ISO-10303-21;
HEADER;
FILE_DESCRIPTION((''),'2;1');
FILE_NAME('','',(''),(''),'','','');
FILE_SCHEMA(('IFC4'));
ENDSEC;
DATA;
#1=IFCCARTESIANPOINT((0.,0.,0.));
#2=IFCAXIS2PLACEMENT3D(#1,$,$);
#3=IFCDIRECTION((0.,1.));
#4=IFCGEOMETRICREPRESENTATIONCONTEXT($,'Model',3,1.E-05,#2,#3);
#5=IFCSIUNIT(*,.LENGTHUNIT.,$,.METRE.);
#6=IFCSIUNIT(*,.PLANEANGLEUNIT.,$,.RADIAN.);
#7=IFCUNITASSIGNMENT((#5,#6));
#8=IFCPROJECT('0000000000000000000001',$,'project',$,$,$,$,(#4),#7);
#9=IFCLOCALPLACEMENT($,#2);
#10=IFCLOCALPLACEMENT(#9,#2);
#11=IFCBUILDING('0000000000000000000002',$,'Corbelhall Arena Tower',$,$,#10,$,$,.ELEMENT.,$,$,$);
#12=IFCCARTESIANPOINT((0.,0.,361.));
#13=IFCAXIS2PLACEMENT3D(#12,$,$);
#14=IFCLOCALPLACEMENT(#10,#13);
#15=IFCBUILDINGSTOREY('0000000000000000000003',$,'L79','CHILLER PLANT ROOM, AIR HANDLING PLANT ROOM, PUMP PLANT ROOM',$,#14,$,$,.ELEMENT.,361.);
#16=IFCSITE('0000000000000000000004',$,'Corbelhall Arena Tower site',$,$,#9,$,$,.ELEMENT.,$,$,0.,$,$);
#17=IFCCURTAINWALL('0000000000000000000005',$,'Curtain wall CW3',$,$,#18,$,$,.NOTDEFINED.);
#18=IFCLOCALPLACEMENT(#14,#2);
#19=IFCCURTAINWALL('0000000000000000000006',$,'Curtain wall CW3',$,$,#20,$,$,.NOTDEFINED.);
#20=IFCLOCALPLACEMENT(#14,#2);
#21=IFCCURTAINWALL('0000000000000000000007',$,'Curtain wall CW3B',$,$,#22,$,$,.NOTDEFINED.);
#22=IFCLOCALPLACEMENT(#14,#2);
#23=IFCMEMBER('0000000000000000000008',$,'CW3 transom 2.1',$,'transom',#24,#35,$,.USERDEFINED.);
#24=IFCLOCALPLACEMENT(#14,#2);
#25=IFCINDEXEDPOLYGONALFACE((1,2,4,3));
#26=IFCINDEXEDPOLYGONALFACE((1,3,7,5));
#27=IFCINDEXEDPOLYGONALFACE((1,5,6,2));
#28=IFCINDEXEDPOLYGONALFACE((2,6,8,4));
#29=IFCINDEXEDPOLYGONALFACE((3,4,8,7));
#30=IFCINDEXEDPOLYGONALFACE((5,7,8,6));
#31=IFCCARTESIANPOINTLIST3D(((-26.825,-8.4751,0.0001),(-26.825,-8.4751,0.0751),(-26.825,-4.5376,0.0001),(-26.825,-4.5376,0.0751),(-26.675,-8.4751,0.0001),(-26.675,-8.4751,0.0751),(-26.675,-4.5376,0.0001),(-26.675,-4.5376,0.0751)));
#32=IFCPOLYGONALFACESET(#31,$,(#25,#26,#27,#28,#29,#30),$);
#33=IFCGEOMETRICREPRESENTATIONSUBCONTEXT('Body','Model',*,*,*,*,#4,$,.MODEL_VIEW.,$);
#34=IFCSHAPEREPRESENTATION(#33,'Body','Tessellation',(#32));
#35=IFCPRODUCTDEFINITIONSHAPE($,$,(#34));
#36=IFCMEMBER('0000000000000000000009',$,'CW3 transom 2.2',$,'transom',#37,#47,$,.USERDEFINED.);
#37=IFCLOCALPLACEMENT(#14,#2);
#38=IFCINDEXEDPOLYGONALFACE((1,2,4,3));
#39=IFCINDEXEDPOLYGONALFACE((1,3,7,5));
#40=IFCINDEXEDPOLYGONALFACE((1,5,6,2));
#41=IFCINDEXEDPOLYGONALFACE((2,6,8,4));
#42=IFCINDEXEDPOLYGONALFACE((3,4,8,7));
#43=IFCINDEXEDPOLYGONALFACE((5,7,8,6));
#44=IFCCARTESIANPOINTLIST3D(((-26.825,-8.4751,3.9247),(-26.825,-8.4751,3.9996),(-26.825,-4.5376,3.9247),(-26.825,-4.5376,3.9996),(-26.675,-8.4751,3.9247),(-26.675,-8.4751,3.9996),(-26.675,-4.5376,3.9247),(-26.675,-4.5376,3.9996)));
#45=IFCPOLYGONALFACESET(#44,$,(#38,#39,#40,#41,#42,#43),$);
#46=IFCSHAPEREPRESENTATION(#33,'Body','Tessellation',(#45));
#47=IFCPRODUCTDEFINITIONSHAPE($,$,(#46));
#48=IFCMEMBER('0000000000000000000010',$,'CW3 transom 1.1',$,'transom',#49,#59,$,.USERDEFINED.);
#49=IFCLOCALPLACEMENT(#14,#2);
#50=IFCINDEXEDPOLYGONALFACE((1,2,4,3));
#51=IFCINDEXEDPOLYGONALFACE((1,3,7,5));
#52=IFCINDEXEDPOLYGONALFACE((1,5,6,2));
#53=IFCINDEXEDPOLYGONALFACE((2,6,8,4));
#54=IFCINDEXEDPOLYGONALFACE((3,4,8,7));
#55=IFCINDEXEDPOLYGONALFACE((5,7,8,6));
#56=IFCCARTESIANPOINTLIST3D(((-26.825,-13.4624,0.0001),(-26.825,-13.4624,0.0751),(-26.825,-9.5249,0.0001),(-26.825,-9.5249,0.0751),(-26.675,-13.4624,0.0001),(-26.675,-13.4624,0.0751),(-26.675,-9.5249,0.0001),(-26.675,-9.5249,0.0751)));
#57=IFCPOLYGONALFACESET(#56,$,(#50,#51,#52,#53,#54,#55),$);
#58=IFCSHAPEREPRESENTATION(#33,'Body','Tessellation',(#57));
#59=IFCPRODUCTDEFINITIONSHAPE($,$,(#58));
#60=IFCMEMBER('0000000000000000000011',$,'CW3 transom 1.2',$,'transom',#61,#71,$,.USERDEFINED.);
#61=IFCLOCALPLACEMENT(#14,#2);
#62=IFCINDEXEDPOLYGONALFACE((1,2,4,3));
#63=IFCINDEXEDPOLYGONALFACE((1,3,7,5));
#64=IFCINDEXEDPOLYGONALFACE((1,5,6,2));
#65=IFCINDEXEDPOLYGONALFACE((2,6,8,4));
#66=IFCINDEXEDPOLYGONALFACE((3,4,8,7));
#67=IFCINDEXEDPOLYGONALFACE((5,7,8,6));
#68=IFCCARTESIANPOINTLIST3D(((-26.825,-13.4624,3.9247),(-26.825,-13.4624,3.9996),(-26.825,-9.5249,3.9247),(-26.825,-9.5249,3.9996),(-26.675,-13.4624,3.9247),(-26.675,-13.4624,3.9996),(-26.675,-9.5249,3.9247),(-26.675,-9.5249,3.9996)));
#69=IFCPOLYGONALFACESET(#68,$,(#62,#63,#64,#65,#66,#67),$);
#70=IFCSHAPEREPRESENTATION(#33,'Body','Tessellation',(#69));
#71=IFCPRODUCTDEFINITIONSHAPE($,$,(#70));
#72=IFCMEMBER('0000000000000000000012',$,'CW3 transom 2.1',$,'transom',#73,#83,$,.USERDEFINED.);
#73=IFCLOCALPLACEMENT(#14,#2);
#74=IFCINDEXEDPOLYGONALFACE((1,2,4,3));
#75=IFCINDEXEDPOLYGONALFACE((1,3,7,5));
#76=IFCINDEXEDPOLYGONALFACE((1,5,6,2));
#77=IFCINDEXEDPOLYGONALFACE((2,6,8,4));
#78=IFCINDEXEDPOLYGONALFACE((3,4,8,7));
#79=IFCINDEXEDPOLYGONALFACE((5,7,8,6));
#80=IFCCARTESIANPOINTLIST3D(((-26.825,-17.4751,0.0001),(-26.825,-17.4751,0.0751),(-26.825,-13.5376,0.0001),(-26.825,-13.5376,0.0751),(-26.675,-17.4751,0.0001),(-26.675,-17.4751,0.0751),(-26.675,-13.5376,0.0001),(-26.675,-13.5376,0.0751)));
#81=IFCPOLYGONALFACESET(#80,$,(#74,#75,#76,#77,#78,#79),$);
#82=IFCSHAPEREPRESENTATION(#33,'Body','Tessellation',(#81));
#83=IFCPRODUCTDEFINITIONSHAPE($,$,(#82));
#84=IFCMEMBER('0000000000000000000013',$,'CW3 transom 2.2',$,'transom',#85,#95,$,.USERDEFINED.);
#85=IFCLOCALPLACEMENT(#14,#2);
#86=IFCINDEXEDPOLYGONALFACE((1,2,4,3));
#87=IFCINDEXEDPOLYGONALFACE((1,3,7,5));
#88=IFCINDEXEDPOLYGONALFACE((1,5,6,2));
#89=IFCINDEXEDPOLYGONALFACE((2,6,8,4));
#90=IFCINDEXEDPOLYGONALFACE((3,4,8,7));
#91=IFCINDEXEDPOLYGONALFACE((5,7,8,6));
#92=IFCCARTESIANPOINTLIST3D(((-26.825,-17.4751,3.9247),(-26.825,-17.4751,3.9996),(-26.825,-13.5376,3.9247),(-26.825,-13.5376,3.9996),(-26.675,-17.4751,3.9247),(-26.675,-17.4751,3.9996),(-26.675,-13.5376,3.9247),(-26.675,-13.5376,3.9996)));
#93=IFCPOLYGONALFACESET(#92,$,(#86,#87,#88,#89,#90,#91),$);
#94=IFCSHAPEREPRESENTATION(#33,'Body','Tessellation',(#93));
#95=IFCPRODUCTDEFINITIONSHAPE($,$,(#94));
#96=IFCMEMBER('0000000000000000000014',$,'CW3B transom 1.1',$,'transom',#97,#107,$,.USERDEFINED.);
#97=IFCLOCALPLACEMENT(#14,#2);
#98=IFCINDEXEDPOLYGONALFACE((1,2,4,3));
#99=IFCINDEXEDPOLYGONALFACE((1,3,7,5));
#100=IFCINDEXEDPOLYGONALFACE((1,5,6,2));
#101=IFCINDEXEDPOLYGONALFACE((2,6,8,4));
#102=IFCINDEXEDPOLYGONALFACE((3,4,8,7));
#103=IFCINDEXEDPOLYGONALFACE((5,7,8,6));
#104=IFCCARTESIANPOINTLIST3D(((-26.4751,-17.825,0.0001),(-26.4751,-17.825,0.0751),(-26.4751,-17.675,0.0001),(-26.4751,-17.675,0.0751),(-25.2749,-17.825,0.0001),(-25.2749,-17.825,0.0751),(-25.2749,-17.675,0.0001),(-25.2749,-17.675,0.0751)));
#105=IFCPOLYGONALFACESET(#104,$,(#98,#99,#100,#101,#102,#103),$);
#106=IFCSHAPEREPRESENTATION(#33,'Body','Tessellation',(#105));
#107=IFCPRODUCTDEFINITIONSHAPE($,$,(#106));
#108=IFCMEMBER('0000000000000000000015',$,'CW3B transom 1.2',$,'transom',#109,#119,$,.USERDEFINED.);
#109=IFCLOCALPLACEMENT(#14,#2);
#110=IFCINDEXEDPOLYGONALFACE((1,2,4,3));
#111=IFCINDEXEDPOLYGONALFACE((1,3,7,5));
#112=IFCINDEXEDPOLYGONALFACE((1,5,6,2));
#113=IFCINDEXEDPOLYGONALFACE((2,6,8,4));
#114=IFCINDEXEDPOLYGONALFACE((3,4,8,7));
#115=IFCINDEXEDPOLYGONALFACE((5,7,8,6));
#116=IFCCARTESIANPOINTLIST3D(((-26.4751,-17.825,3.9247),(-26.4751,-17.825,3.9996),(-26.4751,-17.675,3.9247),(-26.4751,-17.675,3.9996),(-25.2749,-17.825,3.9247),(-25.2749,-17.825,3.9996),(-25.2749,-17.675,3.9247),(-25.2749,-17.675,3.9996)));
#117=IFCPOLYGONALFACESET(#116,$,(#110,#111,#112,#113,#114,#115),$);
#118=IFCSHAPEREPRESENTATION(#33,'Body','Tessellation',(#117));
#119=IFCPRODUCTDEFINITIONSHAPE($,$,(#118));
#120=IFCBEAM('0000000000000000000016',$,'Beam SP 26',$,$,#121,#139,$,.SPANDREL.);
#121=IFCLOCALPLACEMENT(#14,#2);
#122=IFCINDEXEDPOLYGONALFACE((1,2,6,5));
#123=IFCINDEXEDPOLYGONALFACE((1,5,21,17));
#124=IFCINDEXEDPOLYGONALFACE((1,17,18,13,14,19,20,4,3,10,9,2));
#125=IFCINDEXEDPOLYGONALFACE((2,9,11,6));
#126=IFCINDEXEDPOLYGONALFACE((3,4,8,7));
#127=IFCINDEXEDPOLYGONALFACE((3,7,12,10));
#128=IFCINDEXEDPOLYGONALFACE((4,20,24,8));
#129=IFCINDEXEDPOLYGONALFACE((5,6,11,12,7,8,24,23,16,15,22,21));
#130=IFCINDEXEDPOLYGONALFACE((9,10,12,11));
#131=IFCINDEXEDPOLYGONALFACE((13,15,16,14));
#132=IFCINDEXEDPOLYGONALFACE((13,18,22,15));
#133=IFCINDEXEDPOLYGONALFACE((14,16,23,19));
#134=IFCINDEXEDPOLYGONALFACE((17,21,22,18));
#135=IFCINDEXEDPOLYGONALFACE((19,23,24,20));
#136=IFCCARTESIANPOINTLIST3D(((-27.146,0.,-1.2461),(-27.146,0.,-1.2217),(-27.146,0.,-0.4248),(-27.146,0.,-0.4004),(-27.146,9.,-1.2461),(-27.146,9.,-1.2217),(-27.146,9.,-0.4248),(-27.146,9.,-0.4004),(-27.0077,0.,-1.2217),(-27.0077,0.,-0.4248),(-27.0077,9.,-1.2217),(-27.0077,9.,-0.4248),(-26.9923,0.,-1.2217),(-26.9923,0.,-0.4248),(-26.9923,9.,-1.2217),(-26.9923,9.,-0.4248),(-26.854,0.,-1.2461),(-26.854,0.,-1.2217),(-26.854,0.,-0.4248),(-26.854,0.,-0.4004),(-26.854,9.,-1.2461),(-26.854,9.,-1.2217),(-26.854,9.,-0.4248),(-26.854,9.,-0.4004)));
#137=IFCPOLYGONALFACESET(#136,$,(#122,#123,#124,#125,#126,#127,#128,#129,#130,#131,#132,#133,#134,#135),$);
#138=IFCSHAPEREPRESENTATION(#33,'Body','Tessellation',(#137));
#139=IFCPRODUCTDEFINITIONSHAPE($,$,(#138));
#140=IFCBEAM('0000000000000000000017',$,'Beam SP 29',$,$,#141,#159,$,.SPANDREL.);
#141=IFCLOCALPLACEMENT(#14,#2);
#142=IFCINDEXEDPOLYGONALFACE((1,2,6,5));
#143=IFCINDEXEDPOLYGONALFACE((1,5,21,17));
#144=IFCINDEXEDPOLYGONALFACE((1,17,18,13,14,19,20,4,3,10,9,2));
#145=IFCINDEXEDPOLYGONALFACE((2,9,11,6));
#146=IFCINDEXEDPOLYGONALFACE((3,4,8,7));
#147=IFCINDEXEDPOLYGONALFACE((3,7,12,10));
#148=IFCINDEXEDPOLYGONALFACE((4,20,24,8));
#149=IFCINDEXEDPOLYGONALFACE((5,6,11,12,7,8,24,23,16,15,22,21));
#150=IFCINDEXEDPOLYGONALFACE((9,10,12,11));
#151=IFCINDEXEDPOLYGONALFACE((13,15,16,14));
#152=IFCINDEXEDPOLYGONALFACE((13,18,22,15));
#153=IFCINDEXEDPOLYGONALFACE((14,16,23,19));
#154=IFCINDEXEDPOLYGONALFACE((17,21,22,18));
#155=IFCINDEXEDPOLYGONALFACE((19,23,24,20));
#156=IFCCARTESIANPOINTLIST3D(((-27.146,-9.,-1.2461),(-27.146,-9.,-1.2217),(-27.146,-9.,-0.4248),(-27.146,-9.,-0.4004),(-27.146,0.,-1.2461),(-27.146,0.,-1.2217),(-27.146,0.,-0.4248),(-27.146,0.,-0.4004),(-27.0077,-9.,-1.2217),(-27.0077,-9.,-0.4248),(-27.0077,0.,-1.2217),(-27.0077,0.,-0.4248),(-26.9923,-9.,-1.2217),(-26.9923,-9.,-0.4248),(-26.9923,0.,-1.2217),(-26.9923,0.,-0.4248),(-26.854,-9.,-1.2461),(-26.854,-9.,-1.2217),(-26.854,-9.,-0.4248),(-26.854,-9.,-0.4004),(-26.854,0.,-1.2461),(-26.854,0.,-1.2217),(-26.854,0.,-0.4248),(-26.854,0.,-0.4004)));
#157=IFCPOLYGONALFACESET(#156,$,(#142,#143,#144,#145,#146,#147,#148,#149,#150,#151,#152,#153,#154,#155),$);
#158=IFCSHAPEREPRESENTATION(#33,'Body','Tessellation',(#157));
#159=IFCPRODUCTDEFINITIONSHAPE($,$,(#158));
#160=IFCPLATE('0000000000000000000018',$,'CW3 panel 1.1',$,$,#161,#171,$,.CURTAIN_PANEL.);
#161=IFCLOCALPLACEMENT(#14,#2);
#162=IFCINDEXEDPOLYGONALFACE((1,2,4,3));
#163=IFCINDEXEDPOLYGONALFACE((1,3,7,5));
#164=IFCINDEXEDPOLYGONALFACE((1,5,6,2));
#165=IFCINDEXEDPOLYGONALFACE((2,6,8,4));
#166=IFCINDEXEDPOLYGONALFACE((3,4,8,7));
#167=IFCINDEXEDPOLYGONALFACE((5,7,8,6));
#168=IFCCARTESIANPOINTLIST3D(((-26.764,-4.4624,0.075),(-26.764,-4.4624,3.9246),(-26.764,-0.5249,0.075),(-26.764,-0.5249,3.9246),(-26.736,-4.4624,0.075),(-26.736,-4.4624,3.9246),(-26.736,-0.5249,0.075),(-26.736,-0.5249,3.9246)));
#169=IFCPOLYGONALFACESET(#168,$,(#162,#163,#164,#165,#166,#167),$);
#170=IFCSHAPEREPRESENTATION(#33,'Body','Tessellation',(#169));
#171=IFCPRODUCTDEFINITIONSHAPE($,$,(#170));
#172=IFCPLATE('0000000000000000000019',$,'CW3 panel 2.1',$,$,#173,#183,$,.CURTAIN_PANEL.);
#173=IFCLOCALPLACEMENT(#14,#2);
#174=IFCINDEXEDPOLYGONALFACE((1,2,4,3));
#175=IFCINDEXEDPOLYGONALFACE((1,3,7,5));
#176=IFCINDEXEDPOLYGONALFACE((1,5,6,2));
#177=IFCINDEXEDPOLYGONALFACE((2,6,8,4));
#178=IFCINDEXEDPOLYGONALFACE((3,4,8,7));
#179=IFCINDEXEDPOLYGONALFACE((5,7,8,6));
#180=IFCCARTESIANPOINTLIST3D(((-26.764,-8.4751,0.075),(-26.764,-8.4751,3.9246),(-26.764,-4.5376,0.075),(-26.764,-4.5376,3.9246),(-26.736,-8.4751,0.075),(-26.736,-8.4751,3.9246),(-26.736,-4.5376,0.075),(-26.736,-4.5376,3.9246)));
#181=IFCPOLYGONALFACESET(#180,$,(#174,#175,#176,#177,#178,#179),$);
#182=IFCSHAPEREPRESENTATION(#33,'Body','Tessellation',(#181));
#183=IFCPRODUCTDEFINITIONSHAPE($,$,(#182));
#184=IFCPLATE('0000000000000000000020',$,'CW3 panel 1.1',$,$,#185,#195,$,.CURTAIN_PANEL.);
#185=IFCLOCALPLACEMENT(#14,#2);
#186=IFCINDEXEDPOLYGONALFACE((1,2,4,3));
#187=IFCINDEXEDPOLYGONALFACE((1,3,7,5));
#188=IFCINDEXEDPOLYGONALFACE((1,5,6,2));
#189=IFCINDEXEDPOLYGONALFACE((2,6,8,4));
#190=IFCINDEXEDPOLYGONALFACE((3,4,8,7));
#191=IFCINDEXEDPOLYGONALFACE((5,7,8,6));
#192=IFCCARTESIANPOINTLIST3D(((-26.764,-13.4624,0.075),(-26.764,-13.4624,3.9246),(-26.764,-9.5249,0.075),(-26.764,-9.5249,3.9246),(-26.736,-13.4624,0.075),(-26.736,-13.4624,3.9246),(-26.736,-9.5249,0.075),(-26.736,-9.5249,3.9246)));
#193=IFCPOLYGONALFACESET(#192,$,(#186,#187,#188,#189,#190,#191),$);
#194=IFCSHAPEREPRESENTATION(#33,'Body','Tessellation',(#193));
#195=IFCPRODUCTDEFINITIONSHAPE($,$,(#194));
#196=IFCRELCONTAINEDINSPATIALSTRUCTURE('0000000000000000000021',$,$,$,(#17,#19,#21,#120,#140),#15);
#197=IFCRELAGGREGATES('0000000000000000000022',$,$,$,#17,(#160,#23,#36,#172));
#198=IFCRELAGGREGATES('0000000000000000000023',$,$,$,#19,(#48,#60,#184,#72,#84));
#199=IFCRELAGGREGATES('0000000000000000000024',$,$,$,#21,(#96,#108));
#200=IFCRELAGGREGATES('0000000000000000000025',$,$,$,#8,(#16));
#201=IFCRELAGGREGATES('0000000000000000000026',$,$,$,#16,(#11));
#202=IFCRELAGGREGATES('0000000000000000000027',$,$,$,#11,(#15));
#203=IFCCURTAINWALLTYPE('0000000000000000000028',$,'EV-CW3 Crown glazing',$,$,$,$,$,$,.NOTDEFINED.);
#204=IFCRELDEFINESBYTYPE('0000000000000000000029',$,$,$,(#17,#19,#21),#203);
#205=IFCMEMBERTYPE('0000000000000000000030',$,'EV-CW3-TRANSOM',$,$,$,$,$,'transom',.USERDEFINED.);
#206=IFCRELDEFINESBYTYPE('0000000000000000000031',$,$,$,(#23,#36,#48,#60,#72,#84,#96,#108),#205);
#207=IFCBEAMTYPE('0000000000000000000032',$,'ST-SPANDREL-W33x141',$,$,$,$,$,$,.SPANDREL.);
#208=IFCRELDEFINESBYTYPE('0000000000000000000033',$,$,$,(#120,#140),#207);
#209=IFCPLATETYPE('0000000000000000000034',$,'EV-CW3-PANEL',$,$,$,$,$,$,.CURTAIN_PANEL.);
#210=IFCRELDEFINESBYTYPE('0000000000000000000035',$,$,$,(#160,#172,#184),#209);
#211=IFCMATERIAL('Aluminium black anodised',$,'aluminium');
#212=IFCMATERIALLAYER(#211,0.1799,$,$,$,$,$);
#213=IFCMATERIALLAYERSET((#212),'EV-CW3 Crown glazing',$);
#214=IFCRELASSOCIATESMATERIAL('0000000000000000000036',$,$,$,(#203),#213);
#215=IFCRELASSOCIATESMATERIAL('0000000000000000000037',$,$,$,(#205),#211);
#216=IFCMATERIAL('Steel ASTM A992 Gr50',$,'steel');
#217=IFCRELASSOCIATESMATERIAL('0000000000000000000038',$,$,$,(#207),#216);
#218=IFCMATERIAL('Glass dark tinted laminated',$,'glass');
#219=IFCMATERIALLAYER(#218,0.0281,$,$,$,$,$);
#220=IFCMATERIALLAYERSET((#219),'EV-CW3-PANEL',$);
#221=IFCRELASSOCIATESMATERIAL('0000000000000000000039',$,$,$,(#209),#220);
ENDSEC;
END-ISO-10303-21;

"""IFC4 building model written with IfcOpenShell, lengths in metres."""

from ifc_helpers import new_model, si_unit, direction, frame, origin, origin_2d, place, context, subcontext, project, spatial, rectangle, i_section, extrude, material, layer, layer_set, material_profile, profile_set, type_object, element, aggregate, save


model = new_model("IFC4")

# Units and contexts
model_context = context("Model", 3, precision=1e-05, world=origin(), true_north=direction((0.0, 1.0)))
body_context = subcontext(model_context, "Body", "Model", "MODEL_VIEW")
ifc_project = project(units=[si_unit("LENGTHUNIT", "METRE"), si_unit("PLANEANGLEUNIT", "RADIAN")], contexts=[model_context])

# Site, building, storey
site_placement = place(None, origin())
site = spatial("IfcSite", under=ifc_project, at=site_placement, Name="Corbelhall Arena Tower site", CompositionType="ELEMENT", RefElevation=0.0)
building_placement = place(site_placement, origin())
building = spatial("IfcBuilding", under=site, at=building_placement, Name="Corbelhall Arena Tower", CompositionType="ELEMENT")
storey_placement = place(building_placement, frame((0.0, 0.0, 361.0)))
storey = spatial("IfcBuildingStorey", under=building, at=storey_placement, Name="L79", Description="CHILLER PLANT ROOM, AIR HANDLING PLANT ROOM, PUMP PLANT ROOM", CompositionType="ELEMENT", Elevation=361.0)

# Curtain walls
ifc_material_1 = material(Name="Aluminium black anodised", Category="aluminium")
ifc_layer_1 = layer(ifc_material_1, 0.1799)
ifc_layer_set_1 = layer_set([ifc_layer_1], Name="EV-CW3 Crown glazing")
curtain_wall_type = type_object("IfcCurtainWallType", Name="EV-CW3 Crown glazing", PredefinedType="NOTDEFINED", material=ifc_layer_set_1)
curtain_wall_1_placement = place(storey_placement, origin())
curtain_wall_1 = element("IfcCurtainWall", 1, at=curtain_wall_1_placement, inside=storey, type_object=curtain_wall_type, Name="Curtain wall CW3", PredefinedType="NOTDEFINED")
curtain_wall_2_placement = place(storey_placement, origin())
curtain_wall_2 = element("IfcCurtainWall", 2, at=curtain_wall_2_placement, inside=storey, type_object=curtain_wall_type, Name="Curtain wall CW3", PredefinedType="NOTDEFINED")
curtain_wall_3_placement = place(storey_placement, origin())
curtain_wall_3 = element("IfcCurtainWall", 3, at=curtain_wall_3_placement, inside=storey, type_object=curtain_wall_type, Name="Curtain wall CW3B", PredefinedType="NOTDEFINED")

# Members
ifc_material_profile_1 = material_profile(ifc_material_1, rectangle(XDim=0.1499, YDim=0.075, at=origin_2d()))
ifc_profile_set_1 = profile_set([ifc_material_profile_1], Name="Aluminium black anodised")
member_type_1 = type_object("IfcMemberType", Name="EV-CW3-TRANSOM", ElementType="transom", PredefinedType="USERDEFINED", material=ifc_profile_set_1)
member_1_placement = place(storey_placement, frame((-26.75, -4.5376, 0.0376), z_axis=(0.0, -1.0, 0.0), x_axis=(1.0, 0.0, 0.0)))
member_1 = element("IfcMember", 4, at=member_1_placement, type_object=member_type_1, Name="CW3 transom 2.1", ObjectType="transom", PredefinedType="USERDEFINED", context=body_context, shape_type="SweptSolid", body=[
    extrude(rectangle(XDim=0.1499, YDim=0.075, at=origin_2d()), origin(), (0.0, 0.0, 1.0), 3.9375),
])
member_2_placement = place(storey_placement, frame((-26.75, -4.5376, 3.9622), z_axis=(0.0, -1.0, 0.0), x_axis=(1.0, 0.0, 0.0)))
member_2 = element("IfcMember", 5, at=member_2_placement, type_object=member_type_1, Name="CW3 transom 2.2", ObjectType="transom", PredefinedType="USERDEFINED", context=body_context, shape_type="SweptSolid", body=[
    extrude(rectangle(XDim=0.1499, YDim=0.075, at=origin_2d()), origin(), (0.0, 0.0, 1.0), 3.9375),
])
member_3_placement = place(storey_placement, frame((-26.75, -9.5249, 0.0376), z_axis=(0.0, -1.0, 0.0), x_axis=(1.0, 0.0, 0.0)))
member_3 = element("IfcMember", 6, at=member_3_placement, type_object=member_type_1, Name="CW3 transom 1.1", ObjectType="transom", PredefinedType="USERDEFINED", context=body_context, shape_type="SweptSolid", body=[
    extrude(rectangle(XDim=0.1499, YDim=0.075, at=origin_2d()), origin(), (0.0, 0.0, 1.0), 3.9375),
])
member_4_placement = place(storey_placement, frame((-26.75, -9.5249, 3.9622), z_axis=(0.0, -1.0, 0.0), x_axis=(1.0, 0.0, 0.0)))
member_4 = element("IfcMember", 7, at=member_4_placement, type_object=member_type_1, Name="CW3 transom 1.2", ObjectType="transom", PredefinedType="USERDEFINED", context=body_context, shape_type="SweptSolid", body=[
    extrude(rectangle(XDim=0.1499, YDim=0.075, at=origin_2d()), origin(), (0.0, 0.0, 1.0), 3.9375),
])
member_5_placement = place(storey_placement, frame((-26.75, -13.5376, 0.0376), z_axis=(0.0, -1.0, 0.0), x_axis=(1.0, 0.0, 0.0)))
member_5 = element("IfcMember", 8, at=member_5_placement, type_object=member_type_1, Name="CW3 transom 2.1", ObjectType="transom", PredefinedType="USERDEFINED", context=body_context, shape_type="SweptSolid", body=[
    extrude(rectangle(XDim=0.1499, YDim=0.075, at=origin_2d()), origin(), (0.0, 0.0, 1.0), 3.9375),
])
member_6_placement = place(storey_placement, frame((-26.75, -13.5376, 3.9622), z_axis=(0.0, -1.0, 0.0), x_axis=(1.0, 0.0, 0.0)))
member_6 = element("IfcMember", 9, at=member_6_placement, type_object=member_type_1, Name="CW3 transom 2.2", ObjectType="transom", PredefinedType="USERDEFINED", context=body_context, shape_type="SweptSolid", body=[
    extrude(rectangle(XDim=0.1499, YDim=0.075, at=origin_2d()), origin(), (0.0, 0.0, 1.0), 3.9375),
])
member_7_placement = place(storey_placement, frame((-26.4751, -17.75, 0.0376), z_axis=(1.0, 0.0, 0.0), x_axis=(0.0, 1.0, 0.0)))
member_7 = element("IfcMember", 10, at=member_7_placement, type_object=member_type_1, Name="CW3B transom 1.1", ObjectType="transom", PredefinedType="USERDEFINED", context=body_context, shape_type="SweptSolid", body=[
    extrude(rectangle(XDim=0.1499, YDim=0.075, at=origin_2d()), origin(), (0.0, 0.0, 1.0), 1.2002),
])
member_8_placement = place(storey_placement, frame((-26.4751, -17.75, 3.9622), z_axis=(1.0, 0.0, 0.0), x_axis=(0.0, 1.0, 0.0)))
member_8 = element("IfcMember", 11, at=member_8_placement, type_object=member_type_1, Name="CW3B transom 1.2", ObjectType="transom", PredefinedType="USERDEFINED", context=body_context, shape_type="SweptSolid", body=[
    extrude(rectangle(XDim=0.1499, YDim=0.075, at=origin_2d()), origin(), (0.0, 0.0, 1.0), 1.2002),
])

# Beams
ifc_material_2 = material(Name="Steel ASTM A992 Gr50", Category="steel")
ifc_material_profile_2 = material_profile(ifc_material_2, i_section(OverallWidth=0.292, OverallDepth=0.8457, WebThickness=0.0154, FlangeThickness=0.0244, at=origin_2d()))
ifc_profile_set_2 = profile_set([ifc_material_profile_2], Name="Steel ASTM A992 Gr50")
beam_type = type_object("IfcBeamType", Name="ST-SPANDREL-W33x141", PredefinedType="SPANDREL", material=ifc_profile_set_2)
for number, where, z_axis, x_axis, name in (
    (12, (-27.0, 0.0, -0.8232), (0.0, 1.0, 0.0), (-1.0, 0.0, 0.0), "Beam SP 26"),
    (13, (-27.0, -9.0, -0.8232), (0.0, 1.0, 0.0), (-1.0, 0.0, 0.0), "Beam SP 29"),
):
    element("IfcBeam", number, at=place(storey_placement, frame(where, z_axis=z_axis, x_axis=x_axis)), inside=storey, type_object=beam_type, Name=name, PredefinedType="SPANDREL", context=body_context, shape_type="SweptSolid", body=[
        extrude(i_section(OverallWidth=0.292, OverallDepth=0.8457, WebThickness=0.0154, FlangeThickness=0.0244, at=origin_2d()), origin(), (0.0, 0.0, 1.0), 9.0),
    ])

# Plates
ifc_material_3 = material(Name="Glass dark tinted laminated", Category="glass")
ifc_layer_2 = layer(ifc_material_3, 0.0281)
ifc_layer_set_2 = layer_set([ifc_layer_2], Name="EV-CW3-PANEL")
plate_type = type_object("IfcPlateType", Name="EV-CW3-PANEL", PredefinedType="CURTAIN_PANEL", material=ifc_layer_set_2)
plate_1_placement = place(storey_placement, frame((-26.75, -2.4937, 0.075), z_axis=(0.0, 0.0, 1.0), x_axis=(0.0, -1.0, 0.0)))
plate_1 = element("IfcPlate", 14, at=plate_1_placement, type_object=plate_type, Name="CW3 panel 1.1", PredefinedType="CURTAIN_PANEL", context=body_context, shape_type="SweptSolid", body=[
    extrude(rectangle(XDim=3.9375, YDim=0.0281, at=origin_2d()), origin(), (0.0, 0.0, 1.0), 3.8496),
])
plate_2_placement = place(storey_placement, frame((-26.75, -6.5063, 0.075), z_axis=(0.0, 0.0, 1.0), x_axis=(0.0, -1.0, 0.0)))
plate_2 = element("IfcPlate", 15, at=plate_2_placement, type_object=plate_type, Name="CW3 panel 2.1", PredefinedType="CURTAIN_PANEL", context=body_context, shape_type="SweptSolid", body=[
    extrude(rectangle(XDim=3.9375, YDim=0.0281, at=origin_2d()), origin(), (0.0, 0.0, 1.0), 3.8496),
])
aggregate(curtain_wall_1, [plate_1, member_1, member_2, plate_2])
plate_3_placement = place(storey_placement, frame((-26.75, -11.4937, 0.075), z_axis=(0.0, 0.0, 1.0), x_axis=(0.0, -1.0, 0.0)))
plate_3 = element("IfcPlate", 16, at=plate_3_placement, type_object=plate_type, Name="CW3 panel 1.1", PredefinedType="CURTAIN_PANEL", context=body_context, shape_type="SweptSolid", body=[
    extrude(rectangle(XDim=3.9375, YDim=0.0281, at=origin_2d()), origin(), (0.0, 0.0, 1.0), 3.8496),
])
aggregate(curtain_wall_2, [member_3, member_4, plate_3, member_5, member_6])
aggregate(curtain_wall_3, [member_7, member_8])

save(model, "model.ifc")
